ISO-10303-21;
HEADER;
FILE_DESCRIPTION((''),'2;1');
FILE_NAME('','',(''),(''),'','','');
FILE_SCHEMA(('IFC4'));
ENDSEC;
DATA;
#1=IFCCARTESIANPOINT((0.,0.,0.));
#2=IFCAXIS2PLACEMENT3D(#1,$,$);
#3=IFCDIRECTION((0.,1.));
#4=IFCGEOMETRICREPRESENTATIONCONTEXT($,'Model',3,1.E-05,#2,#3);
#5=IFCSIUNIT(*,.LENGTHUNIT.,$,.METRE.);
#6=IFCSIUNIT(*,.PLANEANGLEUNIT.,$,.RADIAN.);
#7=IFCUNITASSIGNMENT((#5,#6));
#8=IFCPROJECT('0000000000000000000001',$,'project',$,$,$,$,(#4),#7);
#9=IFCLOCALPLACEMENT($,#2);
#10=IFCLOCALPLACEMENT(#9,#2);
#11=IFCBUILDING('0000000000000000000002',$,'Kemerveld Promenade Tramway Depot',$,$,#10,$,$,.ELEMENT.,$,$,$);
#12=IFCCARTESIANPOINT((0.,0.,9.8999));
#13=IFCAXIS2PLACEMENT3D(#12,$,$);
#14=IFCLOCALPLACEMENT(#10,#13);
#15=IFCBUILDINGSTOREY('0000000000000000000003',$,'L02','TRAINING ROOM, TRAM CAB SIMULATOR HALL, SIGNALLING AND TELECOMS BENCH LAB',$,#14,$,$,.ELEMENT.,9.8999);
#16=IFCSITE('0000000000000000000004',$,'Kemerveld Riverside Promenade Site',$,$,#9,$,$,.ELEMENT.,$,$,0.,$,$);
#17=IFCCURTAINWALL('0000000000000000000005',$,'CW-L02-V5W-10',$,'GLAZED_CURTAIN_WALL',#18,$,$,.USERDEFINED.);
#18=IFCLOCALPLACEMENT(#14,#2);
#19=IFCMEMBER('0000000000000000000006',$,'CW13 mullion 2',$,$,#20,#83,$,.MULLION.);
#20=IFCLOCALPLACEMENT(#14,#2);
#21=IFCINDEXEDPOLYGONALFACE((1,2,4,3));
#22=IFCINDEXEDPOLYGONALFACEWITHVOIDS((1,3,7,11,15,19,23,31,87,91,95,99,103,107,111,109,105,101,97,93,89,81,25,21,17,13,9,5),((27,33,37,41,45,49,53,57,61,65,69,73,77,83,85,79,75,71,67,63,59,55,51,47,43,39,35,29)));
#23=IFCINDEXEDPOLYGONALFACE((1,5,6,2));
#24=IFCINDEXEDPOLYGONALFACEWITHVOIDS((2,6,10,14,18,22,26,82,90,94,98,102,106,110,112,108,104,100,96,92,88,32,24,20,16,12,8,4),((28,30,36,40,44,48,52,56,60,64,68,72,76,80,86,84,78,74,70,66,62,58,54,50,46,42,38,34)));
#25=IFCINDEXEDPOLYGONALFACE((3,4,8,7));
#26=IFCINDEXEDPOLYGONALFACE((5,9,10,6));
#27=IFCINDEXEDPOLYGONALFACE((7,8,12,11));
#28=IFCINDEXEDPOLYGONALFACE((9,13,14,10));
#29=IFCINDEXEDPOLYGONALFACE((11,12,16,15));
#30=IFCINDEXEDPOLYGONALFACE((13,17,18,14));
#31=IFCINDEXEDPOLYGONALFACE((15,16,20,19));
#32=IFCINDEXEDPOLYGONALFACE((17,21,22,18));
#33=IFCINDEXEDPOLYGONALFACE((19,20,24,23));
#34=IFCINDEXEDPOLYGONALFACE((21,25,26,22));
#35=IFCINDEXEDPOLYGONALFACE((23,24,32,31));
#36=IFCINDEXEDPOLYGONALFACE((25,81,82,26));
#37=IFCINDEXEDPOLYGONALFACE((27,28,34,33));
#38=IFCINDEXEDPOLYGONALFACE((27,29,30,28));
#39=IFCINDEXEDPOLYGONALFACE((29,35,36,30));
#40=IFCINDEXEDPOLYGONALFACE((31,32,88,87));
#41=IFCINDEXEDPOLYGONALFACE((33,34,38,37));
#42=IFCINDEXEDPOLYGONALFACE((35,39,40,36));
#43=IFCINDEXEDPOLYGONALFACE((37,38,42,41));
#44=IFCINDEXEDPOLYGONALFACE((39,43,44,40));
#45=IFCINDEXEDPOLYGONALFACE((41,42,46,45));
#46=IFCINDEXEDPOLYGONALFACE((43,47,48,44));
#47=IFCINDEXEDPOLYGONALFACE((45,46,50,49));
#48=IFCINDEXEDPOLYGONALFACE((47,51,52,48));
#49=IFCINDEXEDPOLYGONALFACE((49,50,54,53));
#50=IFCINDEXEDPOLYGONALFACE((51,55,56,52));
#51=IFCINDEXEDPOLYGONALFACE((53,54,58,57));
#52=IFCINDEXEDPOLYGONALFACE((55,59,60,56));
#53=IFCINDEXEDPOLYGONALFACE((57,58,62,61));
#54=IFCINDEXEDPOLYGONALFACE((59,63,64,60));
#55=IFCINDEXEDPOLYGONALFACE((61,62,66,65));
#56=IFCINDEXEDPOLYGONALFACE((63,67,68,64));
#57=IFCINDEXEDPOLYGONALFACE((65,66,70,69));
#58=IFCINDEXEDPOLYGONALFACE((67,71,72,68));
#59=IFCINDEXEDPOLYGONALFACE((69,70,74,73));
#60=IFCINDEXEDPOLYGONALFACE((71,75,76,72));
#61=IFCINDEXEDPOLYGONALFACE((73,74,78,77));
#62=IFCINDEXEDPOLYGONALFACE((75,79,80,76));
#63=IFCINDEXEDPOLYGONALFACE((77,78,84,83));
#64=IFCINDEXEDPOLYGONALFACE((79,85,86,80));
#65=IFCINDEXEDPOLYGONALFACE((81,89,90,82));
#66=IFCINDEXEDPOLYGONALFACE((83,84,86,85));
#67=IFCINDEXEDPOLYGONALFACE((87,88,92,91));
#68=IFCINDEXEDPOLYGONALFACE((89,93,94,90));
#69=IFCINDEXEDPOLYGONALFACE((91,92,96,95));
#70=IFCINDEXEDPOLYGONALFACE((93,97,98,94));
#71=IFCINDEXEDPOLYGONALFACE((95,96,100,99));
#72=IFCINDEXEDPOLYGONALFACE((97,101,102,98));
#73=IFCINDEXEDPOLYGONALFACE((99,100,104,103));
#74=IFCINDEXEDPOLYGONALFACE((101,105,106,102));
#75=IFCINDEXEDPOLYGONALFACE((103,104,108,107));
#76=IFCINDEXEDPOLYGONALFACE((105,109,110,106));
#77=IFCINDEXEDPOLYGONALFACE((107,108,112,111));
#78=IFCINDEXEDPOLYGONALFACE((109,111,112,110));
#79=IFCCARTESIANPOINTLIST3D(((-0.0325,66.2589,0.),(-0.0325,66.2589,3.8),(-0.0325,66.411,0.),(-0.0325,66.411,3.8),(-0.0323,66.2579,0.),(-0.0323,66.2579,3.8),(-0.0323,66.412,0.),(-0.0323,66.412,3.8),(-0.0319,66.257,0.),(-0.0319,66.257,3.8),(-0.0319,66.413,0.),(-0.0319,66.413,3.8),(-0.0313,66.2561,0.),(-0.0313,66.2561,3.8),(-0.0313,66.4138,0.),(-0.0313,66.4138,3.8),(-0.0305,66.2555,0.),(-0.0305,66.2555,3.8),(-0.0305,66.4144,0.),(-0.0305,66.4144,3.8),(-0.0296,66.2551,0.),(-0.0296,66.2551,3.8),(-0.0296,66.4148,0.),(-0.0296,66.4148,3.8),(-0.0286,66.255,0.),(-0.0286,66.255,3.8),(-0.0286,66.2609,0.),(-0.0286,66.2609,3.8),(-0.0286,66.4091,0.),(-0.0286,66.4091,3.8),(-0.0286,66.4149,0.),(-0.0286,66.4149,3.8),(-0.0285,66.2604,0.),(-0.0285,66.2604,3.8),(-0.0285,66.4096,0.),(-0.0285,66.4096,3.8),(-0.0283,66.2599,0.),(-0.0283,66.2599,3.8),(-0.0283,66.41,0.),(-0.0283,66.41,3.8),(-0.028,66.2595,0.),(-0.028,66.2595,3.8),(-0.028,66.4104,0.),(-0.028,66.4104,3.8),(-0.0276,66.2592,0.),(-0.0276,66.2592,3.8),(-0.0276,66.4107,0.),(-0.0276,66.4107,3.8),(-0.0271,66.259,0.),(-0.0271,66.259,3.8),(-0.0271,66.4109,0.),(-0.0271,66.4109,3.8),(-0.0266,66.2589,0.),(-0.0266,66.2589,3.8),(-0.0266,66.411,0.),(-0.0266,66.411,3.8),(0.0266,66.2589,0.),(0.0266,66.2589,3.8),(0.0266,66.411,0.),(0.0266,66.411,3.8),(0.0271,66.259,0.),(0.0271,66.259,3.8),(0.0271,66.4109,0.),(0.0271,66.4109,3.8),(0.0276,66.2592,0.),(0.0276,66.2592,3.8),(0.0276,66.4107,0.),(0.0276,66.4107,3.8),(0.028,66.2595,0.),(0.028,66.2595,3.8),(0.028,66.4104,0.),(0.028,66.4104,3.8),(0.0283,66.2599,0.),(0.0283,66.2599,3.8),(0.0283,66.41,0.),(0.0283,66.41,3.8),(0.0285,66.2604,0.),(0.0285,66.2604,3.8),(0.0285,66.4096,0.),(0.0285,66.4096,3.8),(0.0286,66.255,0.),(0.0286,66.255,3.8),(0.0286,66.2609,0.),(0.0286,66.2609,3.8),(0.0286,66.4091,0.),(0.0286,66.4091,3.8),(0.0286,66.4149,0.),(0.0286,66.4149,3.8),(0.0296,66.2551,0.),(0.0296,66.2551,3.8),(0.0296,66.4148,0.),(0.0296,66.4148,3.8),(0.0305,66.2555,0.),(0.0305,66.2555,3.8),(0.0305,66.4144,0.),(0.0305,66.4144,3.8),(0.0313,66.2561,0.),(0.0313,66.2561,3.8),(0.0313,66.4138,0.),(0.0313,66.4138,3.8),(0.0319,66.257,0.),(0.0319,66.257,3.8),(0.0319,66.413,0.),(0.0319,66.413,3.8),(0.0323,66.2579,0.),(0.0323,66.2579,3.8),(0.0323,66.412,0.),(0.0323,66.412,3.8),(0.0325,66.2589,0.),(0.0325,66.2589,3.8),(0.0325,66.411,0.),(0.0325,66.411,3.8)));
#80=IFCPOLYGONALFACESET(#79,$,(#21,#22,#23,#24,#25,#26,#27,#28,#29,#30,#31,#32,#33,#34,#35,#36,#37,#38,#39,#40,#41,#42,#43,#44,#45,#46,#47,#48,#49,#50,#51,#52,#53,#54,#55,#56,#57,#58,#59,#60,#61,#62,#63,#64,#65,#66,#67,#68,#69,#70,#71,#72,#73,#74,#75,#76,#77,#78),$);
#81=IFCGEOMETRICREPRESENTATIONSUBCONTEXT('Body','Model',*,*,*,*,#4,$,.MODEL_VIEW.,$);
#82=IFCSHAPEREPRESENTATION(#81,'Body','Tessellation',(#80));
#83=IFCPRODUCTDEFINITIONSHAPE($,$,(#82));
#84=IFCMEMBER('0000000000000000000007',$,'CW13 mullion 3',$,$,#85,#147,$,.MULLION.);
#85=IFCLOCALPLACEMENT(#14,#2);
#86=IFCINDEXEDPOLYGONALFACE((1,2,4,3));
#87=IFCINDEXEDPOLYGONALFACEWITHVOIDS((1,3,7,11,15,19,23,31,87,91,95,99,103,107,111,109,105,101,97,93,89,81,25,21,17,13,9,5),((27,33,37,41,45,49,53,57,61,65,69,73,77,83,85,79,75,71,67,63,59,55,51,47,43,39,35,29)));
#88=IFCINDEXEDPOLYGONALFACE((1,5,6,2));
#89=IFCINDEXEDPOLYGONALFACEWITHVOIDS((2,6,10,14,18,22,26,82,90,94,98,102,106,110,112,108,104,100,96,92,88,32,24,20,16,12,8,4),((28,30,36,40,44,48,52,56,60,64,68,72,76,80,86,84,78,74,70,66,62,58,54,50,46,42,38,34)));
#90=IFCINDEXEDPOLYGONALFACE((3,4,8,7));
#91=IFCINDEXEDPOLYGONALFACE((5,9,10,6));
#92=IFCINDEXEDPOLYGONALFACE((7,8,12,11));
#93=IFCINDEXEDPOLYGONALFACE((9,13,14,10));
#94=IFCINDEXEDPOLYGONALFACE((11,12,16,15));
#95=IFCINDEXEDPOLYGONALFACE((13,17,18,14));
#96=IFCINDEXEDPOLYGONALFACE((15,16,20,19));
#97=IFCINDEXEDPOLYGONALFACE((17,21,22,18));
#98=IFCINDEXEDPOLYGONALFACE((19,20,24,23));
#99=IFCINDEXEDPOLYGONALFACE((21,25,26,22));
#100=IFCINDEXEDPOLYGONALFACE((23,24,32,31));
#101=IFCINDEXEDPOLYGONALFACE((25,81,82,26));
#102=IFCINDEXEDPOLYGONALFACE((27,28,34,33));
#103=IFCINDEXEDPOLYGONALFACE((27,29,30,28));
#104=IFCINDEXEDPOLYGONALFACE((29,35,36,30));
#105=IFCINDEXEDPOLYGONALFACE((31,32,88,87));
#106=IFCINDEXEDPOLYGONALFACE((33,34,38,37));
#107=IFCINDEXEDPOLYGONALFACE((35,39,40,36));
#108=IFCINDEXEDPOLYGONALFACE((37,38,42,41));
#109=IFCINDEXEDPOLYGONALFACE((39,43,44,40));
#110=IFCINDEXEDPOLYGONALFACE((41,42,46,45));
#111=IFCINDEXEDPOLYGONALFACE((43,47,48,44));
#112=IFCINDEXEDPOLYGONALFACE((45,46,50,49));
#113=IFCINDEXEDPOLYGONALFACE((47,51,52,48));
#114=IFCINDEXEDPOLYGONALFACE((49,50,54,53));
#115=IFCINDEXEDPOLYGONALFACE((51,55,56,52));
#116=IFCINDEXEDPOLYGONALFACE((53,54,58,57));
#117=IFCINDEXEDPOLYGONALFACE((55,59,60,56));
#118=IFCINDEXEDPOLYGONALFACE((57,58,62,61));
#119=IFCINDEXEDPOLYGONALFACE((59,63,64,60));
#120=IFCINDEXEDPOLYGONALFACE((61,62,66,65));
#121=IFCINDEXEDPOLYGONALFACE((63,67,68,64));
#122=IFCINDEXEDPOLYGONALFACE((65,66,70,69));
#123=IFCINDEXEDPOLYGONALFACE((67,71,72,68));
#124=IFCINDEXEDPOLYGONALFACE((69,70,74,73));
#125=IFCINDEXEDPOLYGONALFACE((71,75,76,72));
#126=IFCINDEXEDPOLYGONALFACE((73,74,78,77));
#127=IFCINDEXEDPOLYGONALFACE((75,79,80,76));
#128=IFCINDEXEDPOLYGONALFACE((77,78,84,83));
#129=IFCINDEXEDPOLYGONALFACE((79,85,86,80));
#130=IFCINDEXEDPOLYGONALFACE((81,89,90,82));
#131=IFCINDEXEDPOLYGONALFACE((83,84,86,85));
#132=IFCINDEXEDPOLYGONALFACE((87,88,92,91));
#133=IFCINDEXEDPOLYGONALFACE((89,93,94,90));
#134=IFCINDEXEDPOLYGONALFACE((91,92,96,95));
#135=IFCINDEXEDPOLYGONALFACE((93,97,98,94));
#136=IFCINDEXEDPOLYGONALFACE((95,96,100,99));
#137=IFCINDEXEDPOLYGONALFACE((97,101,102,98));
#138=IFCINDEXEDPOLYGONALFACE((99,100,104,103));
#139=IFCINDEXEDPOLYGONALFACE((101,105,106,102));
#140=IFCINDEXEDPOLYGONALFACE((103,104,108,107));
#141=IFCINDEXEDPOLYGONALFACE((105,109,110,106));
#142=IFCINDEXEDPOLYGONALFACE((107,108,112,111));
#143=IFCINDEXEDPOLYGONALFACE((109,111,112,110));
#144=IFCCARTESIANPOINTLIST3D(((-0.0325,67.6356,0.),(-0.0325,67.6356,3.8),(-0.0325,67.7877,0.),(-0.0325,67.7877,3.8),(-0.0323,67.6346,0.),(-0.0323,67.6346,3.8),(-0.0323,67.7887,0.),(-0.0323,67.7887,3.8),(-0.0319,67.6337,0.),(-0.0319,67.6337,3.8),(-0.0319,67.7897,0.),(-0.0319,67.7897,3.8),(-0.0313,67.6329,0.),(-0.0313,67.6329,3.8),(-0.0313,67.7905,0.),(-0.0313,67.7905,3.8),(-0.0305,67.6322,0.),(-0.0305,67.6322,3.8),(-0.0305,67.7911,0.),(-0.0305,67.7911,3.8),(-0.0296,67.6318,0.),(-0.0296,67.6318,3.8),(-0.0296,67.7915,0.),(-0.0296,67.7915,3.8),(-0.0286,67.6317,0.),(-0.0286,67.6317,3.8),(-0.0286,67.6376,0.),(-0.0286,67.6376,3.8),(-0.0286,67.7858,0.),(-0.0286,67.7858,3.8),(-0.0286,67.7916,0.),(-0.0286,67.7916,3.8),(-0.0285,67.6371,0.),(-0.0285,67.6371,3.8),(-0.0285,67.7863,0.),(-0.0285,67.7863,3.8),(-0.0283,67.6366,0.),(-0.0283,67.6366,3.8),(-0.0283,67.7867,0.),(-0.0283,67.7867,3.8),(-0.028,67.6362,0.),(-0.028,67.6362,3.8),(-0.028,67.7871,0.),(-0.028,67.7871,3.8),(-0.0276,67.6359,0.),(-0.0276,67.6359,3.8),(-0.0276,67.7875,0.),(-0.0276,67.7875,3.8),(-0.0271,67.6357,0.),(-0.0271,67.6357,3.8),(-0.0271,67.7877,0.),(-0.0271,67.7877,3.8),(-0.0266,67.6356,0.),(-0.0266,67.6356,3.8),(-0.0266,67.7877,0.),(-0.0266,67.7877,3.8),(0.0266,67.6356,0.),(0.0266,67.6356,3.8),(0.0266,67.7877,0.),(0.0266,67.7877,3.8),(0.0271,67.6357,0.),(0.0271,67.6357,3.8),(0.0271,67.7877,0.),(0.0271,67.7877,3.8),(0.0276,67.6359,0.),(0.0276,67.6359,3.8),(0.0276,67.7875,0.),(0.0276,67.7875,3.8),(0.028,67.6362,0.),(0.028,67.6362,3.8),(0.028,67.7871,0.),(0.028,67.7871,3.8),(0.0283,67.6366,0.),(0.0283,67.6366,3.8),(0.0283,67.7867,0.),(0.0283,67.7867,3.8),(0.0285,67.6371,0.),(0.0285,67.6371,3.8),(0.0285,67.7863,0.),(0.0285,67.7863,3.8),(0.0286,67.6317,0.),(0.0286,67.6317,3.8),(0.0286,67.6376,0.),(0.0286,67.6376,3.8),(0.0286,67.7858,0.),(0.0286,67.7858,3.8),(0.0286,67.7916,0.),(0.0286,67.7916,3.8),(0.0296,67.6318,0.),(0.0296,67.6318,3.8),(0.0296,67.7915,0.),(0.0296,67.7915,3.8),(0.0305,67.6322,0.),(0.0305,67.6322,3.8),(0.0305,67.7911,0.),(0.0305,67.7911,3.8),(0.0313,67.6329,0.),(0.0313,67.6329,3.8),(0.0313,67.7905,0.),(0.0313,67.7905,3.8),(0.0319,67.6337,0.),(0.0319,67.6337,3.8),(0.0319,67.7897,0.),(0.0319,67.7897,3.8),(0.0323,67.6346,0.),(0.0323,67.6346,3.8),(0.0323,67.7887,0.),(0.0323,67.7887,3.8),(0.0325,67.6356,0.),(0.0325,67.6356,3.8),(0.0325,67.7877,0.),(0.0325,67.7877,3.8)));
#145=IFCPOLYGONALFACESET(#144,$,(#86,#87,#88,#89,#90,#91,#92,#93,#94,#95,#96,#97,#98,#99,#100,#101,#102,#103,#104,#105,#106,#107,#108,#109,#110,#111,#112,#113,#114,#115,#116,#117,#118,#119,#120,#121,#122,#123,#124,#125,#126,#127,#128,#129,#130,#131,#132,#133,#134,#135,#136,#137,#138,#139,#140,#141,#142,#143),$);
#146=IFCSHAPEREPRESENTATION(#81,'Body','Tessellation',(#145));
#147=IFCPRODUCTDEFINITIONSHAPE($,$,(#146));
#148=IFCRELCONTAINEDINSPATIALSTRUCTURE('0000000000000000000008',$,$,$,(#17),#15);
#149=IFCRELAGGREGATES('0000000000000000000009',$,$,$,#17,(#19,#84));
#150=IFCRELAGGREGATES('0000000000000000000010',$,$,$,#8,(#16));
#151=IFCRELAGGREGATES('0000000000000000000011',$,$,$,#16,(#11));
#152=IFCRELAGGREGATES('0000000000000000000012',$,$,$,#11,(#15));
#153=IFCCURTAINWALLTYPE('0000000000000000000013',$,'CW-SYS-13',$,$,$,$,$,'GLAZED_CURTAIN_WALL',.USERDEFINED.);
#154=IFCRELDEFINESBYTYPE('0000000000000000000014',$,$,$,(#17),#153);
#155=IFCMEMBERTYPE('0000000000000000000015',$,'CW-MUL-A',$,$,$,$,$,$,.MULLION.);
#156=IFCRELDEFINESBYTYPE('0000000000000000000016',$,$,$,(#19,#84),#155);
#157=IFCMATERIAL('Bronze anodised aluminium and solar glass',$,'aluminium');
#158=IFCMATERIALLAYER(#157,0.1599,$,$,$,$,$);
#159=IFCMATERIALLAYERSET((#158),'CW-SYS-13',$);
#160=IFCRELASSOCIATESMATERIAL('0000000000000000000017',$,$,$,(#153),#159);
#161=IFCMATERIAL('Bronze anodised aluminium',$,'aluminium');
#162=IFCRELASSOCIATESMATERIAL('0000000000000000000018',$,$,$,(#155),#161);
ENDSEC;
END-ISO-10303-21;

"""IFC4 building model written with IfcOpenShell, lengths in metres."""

from ifc_helpers import new_model, si_unit, direction, frame, origin, origin_2d, place, context, subcontext, project, spatial, hollow_rectangle, extrude, material, layer, layer_set, material_profile, profile_set, type_object, element, aggregate, save


model = new_model("IFC4")

# Units and contexts
model_context = context("Model", 3, precision=1e-05, world=origin(), true_north=direction((0.0, 1.0)))
body_context = subcontext(model_context, "Body", "Model", "MODEL_VIEW")
ifc_project = project(units=[si_unit("LENGTHUNIT", "METRE"), si_unit("PLANEANGLEUNIT", "RADIAN")], contexts=[model_context])

# Site, building, storey
site_placement = place(None, origin())
site = spatial("IfcSite", under=ifc_project, at=site_placement, Name="Kemerveld Riverside Promenade Site", CompositionType="ELEMENT", RefElevation=0.0)
building_placement = place(site_placement, origin())
building = spatial("IfcBuilding", under=site, at=building_placement, Name="Kemerveld Promenade Tramway Depot", CompositionType="ELEMENT")
storey_placement = place(building_placement, frame((0.0, 0.0, 9.8999)))
storey = spatial("IfcBuildingStorey", under=building, at=storey_placement, Name="L02", Description="TRAINING ROOM, TRAM CAB SIMULATOR HALL, SIGNALLING AND TELECOMS BENCH LAB", CompositionType="ELEMENT", Elevation=9.8999)

# Curtain wall, members
ifc_material_1 = material(Name="Bronze anodised aluminium and solar glass", Category="aluminium")
ifc_layer_1 = layer(ifc_material_1, 0.1599)
ifc_layer_set_1 = layer_set([ifc_layer_1], Name="CW-SYS-13")
curtain_wall_type = type_object("IfcCurtainWallType", Name="CW-SYS-13", ElementType="GLAZED_CURTAIN_WALL", PredefinedType="USERDEFINED", material=ifc_layer_set_1)
curtain_wall_placement = place(storey_placement, origin())
curtain_wall = element("IfcCurtainWall", 1, at=curtain_wall_placement, inside=storey, type_object=curtain_wall_type, Name="CW-L02-V5W-10", ObjectType="GLAZED_CURTAIN_WALL", PredefinedType="USERDEFINED")
ifc_material_2 = material(Name="Bronze anodised aluminium", Category="aluminium")
ifc_material_profile_1 = material_profile(ifc_material_2, hollow_rectangle(XDim=0.0649, YDim=0.1599, WallThickness=0.0039, InnerFilletRadius=0.002, OuterFilletRadius=0.0039, at=origin_2d()), Name="CW-MUL-160x65")
ifc_profile_set_1 = profile_set([ifc_material_profile_1], Name="Bronze anodised aluminium")
member_type_1 = type_object("IfcMemberType", Name="CW-MUL-A", PredefinedType="MULLION", material=ifc_profile_set_1)
member_1_placement = place(storey_placement, frame((0.0, 66.335, 0.0), z_axis=(0.0, 0.0, 1.0), x_axis=(-1.0, 0.0, 0.0)))
member_1 = element("IfcMember", 2, at=member_1_placement, type_object=member_type_1, Name="CW13 mullion 2", PredefinedType="MULLION", context=body_context, shape_type="SweptSolid", body=[
    extrude(hollow_rectangle(XDim=0.0649, YDim=0.1599, WallThickness=0.0039, InnerFilletRadius=0.002, OuterFilletRadius=0.0039, at=origin_2d()), origin(), (0.0, 0.0, 1.0), 3.8),
])
member_2_placement = place(storey_placement, frame((0.0, 67.7117, 0.0), z_axis=(0.0, 0.0, 1.0), x_axis=(-1.0, 0.0, 0.0)))
member_2 = element("IfcMember", 3, at=member_2_placement, type_object=member_type_1, Name="CW13 mullion 3", PredefinedType="MULLION", context=body_context, shape_type="SweptSolid", body=[
    extrude(hollow_rectangle(XDim=0.0649, YDim=0.1599, WallThickness=0.0039, InnerFilletRadius=0.002, OuterFilletRadius=0.0039, at=origin_2d()), origin(), (0.0, 0.0, 1.0), 3.8),
])
aggregate(curtain_wall, [member_1, member_2])

save(model, "model.ifc")
